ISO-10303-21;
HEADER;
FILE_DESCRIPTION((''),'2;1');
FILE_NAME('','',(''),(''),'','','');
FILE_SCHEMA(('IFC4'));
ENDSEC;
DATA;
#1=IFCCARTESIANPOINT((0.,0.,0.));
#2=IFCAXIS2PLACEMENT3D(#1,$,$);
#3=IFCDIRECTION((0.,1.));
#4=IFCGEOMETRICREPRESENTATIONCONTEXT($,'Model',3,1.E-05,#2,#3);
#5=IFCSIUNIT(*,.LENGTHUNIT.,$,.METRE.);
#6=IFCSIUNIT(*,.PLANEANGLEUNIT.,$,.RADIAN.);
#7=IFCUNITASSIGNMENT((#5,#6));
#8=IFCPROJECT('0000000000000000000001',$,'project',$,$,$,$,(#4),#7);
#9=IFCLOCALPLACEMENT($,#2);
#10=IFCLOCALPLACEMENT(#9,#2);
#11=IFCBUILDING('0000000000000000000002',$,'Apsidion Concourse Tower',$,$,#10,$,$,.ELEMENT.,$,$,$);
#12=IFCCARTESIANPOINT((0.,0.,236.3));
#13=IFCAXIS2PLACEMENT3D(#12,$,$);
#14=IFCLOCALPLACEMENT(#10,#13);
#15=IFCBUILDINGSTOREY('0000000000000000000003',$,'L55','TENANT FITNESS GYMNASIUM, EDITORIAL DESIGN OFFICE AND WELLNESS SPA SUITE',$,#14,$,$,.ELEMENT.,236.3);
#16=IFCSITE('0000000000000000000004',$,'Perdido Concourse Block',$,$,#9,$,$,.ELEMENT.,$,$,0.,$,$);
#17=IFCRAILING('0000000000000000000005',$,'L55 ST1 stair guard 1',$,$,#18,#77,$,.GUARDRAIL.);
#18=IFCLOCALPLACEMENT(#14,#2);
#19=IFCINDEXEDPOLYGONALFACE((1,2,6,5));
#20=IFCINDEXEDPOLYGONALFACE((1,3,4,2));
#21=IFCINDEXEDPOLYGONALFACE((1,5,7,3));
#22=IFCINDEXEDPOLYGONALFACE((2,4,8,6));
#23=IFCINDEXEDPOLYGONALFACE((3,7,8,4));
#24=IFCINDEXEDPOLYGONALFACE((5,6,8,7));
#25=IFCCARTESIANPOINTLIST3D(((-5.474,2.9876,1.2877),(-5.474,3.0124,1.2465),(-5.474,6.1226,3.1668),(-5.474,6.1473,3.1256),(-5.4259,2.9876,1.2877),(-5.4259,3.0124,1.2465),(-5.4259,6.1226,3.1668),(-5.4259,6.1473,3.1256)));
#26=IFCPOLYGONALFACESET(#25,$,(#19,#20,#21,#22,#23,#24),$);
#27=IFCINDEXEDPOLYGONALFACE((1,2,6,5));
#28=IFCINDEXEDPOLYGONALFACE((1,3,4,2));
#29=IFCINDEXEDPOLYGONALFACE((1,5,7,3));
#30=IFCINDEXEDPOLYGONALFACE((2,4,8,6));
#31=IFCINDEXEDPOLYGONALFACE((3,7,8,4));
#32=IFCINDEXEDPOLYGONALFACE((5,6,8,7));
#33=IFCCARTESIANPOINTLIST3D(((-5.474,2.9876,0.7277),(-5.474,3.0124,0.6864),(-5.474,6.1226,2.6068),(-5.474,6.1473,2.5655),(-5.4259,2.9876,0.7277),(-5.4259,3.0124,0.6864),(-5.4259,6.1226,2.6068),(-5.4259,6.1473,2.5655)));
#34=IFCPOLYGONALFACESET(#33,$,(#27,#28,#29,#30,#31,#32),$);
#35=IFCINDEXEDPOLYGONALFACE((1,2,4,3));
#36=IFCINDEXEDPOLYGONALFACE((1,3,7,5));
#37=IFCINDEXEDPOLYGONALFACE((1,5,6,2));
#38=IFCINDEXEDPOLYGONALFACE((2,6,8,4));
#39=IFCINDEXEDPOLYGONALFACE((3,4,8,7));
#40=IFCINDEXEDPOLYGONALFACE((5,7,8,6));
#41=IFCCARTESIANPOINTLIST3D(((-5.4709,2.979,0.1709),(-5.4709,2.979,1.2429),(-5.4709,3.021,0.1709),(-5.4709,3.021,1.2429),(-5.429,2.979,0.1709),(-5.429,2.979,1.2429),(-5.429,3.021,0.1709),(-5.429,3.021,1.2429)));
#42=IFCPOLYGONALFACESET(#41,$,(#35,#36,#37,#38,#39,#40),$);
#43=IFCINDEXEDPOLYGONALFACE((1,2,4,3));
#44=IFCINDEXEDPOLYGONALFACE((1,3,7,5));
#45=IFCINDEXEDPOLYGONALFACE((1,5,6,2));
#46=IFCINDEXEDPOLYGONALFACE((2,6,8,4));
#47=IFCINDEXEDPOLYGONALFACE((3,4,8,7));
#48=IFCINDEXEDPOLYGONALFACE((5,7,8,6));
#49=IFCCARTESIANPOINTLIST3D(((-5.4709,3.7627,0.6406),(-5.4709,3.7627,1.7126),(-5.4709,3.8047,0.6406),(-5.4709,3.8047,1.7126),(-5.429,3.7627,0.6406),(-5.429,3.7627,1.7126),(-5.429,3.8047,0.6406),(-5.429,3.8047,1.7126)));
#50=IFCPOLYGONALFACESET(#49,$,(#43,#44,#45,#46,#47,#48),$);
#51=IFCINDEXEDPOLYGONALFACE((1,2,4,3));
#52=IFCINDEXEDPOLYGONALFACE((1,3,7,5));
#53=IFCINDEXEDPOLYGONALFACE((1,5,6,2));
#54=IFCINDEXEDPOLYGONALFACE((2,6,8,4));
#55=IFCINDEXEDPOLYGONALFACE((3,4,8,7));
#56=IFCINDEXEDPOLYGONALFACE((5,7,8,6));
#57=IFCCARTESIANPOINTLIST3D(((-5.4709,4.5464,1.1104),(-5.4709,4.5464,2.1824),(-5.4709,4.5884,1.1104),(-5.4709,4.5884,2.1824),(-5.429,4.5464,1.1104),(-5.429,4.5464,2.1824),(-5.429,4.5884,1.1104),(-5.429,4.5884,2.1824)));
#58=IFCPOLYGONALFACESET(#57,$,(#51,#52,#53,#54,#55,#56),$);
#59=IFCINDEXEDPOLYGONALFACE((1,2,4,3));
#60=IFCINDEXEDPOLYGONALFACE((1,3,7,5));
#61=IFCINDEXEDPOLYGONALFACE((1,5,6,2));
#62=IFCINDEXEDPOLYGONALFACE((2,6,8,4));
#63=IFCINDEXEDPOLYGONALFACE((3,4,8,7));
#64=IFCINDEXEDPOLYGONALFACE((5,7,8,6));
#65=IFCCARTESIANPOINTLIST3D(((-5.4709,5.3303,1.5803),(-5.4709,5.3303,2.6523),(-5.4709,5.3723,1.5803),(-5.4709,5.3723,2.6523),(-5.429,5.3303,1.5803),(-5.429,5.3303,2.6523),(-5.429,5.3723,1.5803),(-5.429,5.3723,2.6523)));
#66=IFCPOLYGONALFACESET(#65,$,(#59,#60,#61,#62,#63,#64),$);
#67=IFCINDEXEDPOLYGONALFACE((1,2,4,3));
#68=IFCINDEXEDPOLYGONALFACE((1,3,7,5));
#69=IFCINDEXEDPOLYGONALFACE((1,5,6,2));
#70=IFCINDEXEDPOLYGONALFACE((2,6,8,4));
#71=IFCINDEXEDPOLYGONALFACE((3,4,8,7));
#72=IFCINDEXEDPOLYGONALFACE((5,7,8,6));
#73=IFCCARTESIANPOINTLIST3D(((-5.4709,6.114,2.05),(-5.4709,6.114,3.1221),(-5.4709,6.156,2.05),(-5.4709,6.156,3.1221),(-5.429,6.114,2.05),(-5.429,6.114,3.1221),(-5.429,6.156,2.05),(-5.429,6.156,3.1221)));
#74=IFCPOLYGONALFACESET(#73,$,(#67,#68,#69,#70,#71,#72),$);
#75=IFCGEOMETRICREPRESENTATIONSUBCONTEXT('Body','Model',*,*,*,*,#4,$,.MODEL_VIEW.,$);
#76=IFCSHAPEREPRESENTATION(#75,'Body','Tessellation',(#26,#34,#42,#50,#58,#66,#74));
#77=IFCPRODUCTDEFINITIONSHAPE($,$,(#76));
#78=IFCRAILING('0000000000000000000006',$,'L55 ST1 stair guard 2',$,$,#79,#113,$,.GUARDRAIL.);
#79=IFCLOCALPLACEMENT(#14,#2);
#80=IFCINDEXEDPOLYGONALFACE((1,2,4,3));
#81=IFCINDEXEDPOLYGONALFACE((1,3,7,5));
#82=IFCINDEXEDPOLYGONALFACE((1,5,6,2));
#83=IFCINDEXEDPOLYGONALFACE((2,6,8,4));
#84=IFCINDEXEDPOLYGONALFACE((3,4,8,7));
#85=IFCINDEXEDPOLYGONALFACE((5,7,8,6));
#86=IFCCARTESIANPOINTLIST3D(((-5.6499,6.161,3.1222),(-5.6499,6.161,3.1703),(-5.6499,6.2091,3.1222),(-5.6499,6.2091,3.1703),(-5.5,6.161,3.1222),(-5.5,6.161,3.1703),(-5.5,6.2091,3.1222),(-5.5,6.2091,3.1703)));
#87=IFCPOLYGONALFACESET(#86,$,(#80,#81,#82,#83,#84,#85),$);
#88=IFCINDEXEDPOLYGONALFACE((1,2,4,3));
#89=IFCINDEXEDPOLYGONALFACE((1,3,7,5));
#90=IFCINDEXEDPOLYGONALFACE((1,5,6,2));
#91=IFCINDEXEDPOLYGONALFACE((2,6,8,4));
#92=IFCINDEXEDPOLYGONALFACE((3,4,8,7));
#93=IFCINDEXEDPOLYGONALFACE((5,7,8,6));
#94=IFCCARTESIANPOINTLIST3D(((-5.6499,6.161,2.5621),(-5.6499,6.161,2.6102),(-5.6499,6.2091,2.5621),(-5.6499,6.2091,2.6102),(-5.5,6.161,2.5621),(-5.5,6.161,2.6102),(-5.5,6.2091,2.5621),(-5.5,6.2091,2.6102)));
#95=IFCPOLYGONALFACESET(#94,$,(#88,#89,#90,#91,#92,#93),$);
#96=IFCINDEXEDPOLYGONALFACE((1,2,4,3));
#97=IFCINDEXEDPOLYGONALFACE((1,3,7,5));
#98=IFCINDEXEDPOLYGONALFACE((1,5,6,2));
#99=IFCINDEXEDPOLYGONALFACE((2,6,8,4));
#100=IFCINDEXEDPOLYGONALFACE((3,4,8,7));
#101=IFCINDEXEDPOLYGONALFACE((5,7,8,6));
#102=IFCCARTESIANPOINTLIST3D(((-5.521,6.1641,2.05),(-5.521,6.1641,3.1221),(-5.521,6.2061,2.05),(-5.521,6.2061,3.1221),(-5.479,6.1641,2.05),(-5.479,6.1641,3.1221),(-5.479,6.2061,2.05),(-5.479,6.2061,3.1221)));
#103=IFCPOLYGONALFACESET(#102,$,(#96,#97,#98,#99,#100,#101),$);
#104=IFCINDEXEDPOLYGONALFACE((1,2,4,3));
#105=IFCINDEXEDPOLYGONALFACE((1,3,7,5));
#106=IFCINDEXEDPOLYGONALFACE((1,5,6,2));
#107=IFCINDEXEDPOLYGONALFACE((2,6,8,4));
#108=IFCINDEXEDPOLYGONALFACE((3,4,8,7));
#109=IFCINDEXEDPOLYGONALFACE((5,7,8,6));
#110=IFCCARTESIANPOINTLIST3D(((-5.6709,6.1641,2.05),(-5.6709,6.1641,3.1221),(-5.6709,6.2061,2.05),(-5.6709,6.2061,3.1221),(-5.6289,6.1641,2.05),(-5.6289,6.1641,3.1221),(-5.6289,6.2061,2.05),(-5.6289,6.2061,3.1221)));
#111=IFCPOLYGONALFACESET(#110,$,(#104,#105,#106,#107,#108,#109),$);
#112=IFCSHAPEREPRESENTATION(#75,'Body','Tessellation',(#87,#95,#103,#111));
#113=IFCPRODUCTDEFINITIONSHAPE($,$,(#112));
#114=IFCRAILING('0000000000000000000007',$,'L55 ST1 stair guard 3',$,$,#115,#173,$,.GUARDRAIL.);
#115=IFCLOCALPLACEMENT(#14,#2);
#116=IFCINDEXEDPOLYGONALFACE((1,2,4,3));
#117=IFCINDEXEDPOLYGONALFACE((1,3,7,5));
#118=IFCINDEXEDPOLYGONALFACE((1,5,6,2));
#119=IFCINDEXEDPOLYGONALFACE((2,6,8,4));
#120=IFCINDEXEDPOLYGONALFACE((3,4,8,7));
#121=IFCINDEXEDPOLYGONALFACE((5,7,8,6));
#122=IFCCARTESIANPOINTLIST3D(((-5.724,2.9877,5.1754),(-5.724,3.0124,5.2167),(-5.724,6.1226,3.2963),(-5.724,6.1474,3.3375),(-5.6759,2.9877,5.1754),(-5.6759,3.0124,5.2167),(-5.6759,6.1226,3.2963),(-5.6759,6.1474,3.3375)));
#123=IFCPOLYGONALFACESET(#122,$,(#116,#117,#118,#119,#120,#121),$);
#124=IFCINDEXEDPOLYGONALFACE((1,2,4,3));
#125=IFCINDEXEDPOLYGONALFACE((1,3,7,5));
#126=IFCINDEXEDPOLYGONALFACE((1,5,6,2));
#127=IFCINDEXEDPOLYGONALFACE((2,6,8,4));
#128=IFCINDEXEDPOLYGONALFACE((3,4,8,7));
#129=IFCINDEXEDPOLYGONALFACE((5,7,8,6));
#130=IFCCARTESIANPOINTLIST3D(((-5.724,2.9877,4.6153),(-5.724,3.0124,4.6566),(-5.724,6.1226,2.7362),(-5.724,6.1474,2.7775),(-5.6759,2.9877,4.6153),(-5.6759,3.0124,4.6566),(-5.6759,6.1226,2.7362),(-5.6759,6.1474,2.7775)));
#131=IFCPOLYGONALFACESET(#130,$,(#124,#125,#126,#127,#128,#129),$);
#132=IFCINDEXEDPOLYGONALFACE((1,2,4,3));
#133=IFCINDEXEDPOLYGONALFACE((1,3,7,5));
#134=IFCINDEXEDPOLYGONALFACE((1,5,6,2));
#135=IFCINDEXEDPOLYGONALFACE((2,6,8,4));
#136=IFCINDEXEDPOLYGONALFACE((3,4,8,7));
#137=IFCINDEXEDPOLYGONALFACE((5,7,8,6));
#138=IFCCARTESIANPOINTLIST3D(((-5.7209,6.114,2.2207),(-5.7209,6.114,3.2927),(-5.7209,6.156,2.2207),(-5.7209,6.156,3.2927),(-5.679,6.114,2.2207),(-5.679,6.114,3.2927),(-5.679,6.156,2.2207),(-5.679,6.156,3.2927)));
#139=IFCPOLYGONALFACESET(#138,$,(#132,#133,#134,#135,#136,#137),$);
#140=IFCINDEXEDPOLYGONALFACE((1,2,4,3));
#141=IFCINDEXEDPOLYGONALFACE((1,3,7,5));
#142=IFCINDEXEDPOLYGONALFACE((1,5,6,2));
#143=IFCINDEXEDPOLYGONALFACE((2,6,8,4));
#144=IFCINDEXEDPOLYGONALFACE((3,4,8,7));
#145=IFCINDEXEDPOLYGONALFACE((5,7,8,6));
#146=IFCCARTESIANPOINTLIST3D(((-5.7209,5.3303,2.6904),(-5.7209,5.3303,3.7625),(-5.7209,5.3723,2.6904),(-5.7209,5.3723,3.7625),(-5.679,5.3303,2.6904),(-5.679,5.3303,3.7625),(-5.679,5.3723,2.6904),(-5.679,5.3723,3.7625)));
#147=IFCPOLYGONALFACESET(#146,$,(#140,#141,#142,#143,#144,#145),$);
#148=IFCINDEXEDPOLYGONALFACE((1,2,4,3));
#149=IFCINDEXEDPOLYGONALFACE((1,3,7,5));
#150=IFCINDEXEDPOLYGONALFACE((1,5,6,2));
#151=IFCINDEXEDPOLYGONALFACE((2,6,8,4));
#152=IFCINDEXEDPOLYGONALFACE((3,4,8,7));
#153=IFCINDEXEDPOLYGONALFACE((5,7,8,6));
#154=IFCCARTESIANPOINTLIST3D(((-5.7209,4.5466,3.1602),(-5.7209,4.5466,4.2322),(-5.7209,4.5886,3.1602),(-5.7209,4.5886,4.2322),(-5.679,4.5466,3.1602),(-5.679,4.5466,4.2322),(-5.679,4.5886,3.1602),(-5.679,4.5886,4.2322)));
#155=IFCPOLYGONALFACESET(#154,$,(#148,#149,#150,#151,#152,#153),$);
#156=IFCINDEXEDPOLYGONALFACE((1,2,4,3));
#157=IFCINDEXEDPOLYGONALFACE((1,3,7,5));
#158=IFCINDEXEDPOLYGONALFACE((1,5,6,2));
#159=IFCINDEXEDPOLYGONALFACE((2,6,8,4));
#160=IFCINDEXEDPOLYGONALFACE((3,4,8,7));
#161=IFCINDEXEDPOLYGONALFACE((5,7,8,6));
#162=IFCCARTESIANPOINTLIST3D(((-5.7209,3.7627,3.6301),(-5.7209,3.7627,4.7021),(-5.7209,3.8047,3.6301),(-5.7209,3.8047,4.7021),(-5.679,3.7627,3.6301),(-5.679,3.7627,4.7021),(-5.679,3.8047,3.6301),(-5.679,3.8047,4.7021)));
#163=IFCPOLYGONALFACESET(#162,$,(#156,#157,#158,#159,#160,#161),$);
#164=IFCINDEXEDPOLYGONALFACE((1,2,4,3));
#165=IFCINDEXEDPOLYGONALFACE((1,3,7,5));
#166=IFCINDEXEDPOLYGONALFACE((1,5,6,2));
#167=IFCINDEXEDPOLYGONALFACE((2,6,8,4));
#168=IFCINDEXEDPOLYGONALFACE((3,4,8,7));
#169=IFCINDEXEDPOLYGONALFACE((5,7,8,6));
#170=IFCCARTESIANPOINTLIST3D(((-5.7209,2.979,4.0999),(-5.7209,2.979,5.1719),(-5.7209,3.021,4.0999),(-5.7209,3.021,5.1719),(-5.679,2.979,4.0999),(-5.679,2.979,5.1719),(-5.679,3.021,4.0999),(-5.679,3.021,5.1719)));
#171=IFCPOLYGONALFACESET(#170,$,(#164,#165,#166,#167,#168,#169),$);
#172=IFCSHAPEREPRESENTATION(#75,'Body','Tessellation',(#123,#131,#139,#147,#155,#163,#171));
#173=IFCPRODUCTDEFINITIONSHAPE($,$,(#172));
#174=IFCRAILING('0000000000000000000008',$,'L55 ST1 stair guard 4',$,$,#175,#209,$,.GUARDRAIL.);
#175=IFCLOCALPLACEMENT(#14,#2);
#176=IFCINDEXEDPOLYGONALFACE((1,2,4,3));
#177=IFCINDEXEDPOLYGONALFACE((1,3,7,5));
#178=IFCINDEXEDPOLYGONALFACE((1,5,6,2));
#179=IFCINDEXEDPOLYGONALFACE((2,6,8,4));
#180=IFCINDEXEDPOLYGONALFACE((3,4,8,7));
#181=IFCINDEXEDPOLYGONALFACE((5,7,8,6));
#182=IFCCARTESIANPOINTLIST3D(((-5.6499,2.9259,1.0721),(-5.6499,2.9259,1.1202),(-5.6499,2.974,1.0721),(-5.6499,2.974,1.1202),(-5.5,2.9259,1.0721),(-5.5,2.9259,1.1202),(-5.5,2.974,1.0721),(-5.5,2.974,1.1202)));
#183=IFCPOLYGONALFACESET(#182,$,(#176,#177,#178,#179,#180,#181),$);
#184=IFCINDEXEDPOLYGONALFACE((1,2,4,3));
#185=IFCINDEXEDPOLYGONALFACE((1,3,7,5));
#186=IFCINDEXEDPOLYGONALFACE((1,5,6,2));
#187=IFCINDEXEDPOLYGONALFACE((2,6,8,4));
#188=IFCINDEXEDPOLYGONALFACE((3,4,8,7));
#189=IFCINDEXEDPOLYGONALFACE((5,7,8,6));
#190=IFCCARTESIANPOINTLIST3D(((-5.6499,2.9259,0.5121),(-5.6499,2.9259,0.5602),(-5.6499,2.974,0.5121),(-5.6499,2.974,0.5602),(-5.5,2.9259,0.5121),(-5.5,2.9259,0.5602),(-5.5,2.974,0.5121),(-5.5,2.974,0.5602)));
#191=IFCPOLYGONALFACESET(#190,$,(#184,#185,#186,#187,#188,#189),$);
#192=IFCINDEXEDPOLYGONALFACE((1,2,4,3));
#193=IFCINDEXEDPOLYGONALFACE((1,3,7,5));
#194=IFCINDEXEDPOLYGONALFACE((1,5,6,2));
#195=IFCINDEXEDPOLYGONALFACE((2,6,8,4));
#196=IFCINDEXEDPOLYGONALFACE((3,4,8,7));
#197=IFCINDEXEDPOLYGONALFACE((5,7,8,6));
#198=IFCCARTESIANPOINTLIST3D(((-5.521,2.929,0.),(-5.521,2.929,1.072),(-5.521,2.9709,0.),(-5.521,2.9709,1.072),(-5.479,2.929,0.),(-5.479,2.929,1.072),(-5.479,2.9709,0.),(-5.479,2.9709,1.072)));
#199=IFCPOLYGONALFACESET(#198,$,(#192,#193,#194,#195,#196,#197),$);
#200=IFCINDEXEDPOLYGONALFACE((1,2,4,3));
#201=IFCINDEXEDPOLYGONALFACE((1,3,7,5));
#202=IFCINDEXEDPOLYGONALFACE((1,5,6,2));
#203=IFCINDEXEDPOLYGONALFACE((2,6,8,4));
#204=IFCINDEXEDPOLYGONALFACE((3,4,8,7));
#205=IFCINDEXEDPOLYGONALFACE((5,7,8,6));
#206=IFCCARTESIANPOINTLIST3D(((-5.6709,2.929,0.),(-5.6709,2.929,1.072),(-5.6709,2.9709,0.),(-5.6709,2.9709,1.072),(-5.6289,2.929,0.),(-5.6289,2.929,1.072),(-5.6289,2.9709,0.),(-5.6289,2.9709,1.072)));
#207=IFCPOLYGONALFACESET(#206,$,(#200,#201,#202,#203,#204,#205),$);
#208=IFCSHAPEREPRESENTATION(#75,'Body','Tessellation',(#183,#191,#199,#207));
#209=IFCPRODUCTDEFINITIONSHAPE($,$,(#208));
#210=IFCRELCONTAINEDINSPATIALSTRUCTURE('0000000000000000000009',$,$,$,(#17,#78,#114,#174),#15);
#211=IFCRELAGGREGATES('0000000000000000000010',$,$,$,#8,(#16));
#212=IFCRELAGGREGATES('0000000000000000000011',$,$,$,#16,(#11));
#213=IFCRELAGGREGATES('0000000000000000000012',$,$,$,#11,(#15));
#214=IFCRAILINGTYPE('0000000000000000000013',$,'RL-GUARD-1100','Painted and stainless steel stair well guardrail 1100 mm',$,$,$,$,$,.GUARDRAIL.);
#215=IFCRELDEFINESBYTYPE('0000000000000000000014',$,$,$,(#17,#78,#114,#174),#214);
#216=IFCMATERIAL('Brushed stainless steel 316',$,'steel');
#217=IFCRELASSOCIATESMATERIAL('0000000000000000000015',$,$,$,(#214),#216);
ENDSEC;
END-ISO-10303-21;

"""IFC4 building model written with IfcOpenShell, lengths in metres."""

from ifc_helpers import new_model, si_unit, direction, frame, origin, origin_2d, place, context, subcontext, project, spatial, rectangle, extrude, material, type_object, element, save


model = new_model("IFC4")

# Units and contexts
model_context = context("Model", 3, precision=1e-05, world=origin(), true_north=direction((0.0, 1.0)))
body_context = subcontext(model_context, "Body", "Model", "MODEL_VIEW")
ifc_project = project(units=[si_unit("LENGTHUNIT", "METRE"), si_unit("PLANEANGLEUNIT", "RADIAN")], contexts=[model_context])

# Site, building, storey
site_placement = place(None, origin())
site = spatial("IfcSite", under=ifc_project, at=site_placement, Name="Perdido Concourse Block", CompositionType="ELEMENT", RefElevation=0.0)
building_placement = place(site_placement, origin())
building = spatial("IfcBuilding", under=site, at=building_placement, Name="Apsidion Concourse Tower", CompositionType="ELEMENT")
storey_placement = place(building_placement, frame((0.0, 0.0, 236.3)))
storey = spatial("IfcBuildingStorey", under=building, at=storey_placement, Name="L55", Description="TENANT FITNESS GYMNASIUM, EDITORIAL DESIGN OFFICE AND WELLNESS SPA SUITE", CompositionType="ELEMENT", Elevation=236.3)

# Railings
ifc_material_1 = material(Name="Brushed stainless steel 316", Category="steel")
railing_type_1 = type_object("IfcRailingType", Name="RL-GUARD-1100", Description="Painted and stainless steel stair well guardrail 1100 mm", PredefinedType="GUARDRAIL", material=ifc_material_1)
railing_1_placement = place(storey_placement, frame((-5.45, 3.0, 0.1709)))
element("IfcRailing", 1, at=railing_1_placement, inside=storey, type_object=railing_type_1, Name="L55 ST1 stair guard 1", PredefinedType="GUARDRAIL", context=body_context, shape_type="SweptSolid", body=[
    extrude(rectangle(XDim=0.0481, YDim=0.0481, at=origin_2d()), frame((0.0, 0.0, 1.0962), z_axis=(0.0, 0.857717, 0.514122), x_axis=(-1.0, 0.0, 0.0)), (0.0, 0.0, 1.0), 3.655),
    extrude(rectangle(XDim=0.0481, YDim=0.0481, at=origin_2d()), frame((0.0, 0.0, 0.5361), z_axis=(0.0, 0.857717, 0.514122), x_axis=(-1.0, 0.0, 0.0)), (0.0, 0.0, 1.0), 3.655),
    extrude(rectangle(XDim=0.042, YDim=0.042, at=origin_2d()), origin(), (0.0, 0.0, 1.0), 1.072),
    extrude(rectangle(XDim=0.042, YDim=0.042, at=origin_2d()), frame((0.0, 0.7837, 0.4697)), (0.0, 0.0, 1.0), 1.072),
    extrude(rectangle(XDim=0.042, YDim=0.042, at=origin_2d()), frame((0.0, 1.5674, 0.9395)), (0.0, 0.0, 1.0), 1.072),
    extrude(rectangle(XDim=0.042, YDim=0.042, at=origin_2d()), frame((0.0, 2.3513, 1.4094)), (0.0, 0.0, 1.0), 1.072),
    extrude(rectangle(XDim=0.042, YDim=0.042, at=origin_2d()), frame((0.0, 3.135, 1.8792)), (0.0, 0.0, 1.0), 1.072),
])
railing_2_placement = place(storey_placement, frame((-5.5, 6.1851, 2.05)))
element("IfcRailing", 2, at=railing_2_placement, inside=storey, type_object=railing_type_1, Name="L55 ST1 stair guard 2", PredefinedType="GUARDRAIL", context=body_context, shape_type="SweptSolid", body=[
    extrude(rectangle(XDim=0.0481, YDim=0.0481, at=origin_2d()), frame((0.0, 0.0, 1.0962), z_axis=(-1.0, 0.0, 0.0), x_axis=(0.0, -1.0, 0.0)), (0.0, 0.0, 1.0), 0.1499),
    extrude(rectangle(XDim=0.0481, YDim=0.0481, at=origin_2d()), frame((0.0, 0.0, 0.5361), z_axis=(-1.0, 0.0, 0.0), x_axis=(0.0, -1.0, 0.0)), (0.0, 0.0, 1.0), 0.1499),
    extrude(rectangle(XDim=0.042, YDim=0.042, at=origin_2d()), origin(), (0.0, 0.0, 1.0), 1.072),
    extrude(rectangle(XDim=0.042, YDim=0.042, at=origin_2d()), frame((-0.1499, 0.0, 0.0)), (0.0, 0.0, 1.0), 1.072),
])
railing_3_placement = place(storey_placement, frame((-5.7, 6.135, 2.2207)))
element("IfcRailing", 3, at=railing_3_placement, inside=storey, type_object=railing_type_1, Name="L55 ST1 stair guard 3", PredefinedType="GUARDRAIL", context=body_context, shape_type="SweptSolid", body=[
    extrude(rectangle(XDim=0.0481, YDim=0.0481, at=origin_2d()), frame((0.0, 0.0, 1.0962), z_axis=(0.0, -0.857717, 0.514122), x_axis=(1.0, 0.0, 0.0)), (0.0, 0.0, 1.0), 3.655),
    extrude(rectangle(XDim=0.0481, YDim=0.0481, at=origin_2d()), frame((0.0, 0.0, 0.5361), z_axis=(0.0, -0.857717, 0.514122), x_axis=(1.0, 0.0, 0.0)), (0.0, 0.0, 1.0), 3.655),
    extrude(rectangle(XDim=0.042, YDim=0.042, at=origin_2d()), origin(), (0.0, 0.0, 1.0), 1.072),
    extrude(rectangle(XDim=0.042, YDim=0.042, at=origin_2d()), frame((0.0, -0.7837, 0.4697)), (0.0, 0.0, 1.0), 1.072),
    extrude(rectangle(XDim=0.042, YDim=0.042, at=origin_2d()), frame((0.0, -1.5674, 0.9395)), (0.0, 0.0, 1.0), 1.072),
    extrude(rectangle(XDim=0.042, YDim=0.042, at=origin_2d()), frame((0.0, -2.3513, 1.4094)), (0.0, 0.0, 1.0), 1.072),
    extrude(rectangle(XDim=0.042, YDim=0.042, at=origin_2d()), frame((0.0, -3.135, 1.8792)), (0.0, 0.0, 1.0), 1.072),
])
railing_4_placement = place(storey_placement, frame((-5.5, 2.95, 0.0)))
element("IfcRailing", 4, at=railing_4_placement, inside=storey, type_object=railing_type_1, Name="L55 ST1 stair guard 4", PredefinedType="GUARDRAIL", context=body_context, shape_type="SweptSolid", body=[
    extrude(rectangle(XDim=0.0481, YDim=0.0481, at=origin_2d()), frame((0.0, 0.0, 1.0962), z_axis=(-1.0, 0.0, 0.0), x_axis=(0.0, -1.0, 0.0)), (0.0, 0.0, 1.0), 0.1499),
    extrude(rectangle(XDim=0.0481, YDim=0.0481, at=origin_2d()), frame((0.0, 0.0, 0.5361), z_axis=(-1.0, 0.0, 0.0), x_axis=(0.0, -1.0, 0.0)), (0.0, 0.0, 1.0), 0.1499),
    extrude(rectangle(XDim=0.042, YDim=0.042, at=origin_2d()), origin(), (0.0, 0.0, 1.0), 1.072),
    extrude(rectangle(XDim=0.042, YDim=0.042, at=origin_2d()), frame((-0.1499, 0.0, 0.0)), (0.0, 0.0, 1.0), 1.072),
])

save(model, "model.ifc")
